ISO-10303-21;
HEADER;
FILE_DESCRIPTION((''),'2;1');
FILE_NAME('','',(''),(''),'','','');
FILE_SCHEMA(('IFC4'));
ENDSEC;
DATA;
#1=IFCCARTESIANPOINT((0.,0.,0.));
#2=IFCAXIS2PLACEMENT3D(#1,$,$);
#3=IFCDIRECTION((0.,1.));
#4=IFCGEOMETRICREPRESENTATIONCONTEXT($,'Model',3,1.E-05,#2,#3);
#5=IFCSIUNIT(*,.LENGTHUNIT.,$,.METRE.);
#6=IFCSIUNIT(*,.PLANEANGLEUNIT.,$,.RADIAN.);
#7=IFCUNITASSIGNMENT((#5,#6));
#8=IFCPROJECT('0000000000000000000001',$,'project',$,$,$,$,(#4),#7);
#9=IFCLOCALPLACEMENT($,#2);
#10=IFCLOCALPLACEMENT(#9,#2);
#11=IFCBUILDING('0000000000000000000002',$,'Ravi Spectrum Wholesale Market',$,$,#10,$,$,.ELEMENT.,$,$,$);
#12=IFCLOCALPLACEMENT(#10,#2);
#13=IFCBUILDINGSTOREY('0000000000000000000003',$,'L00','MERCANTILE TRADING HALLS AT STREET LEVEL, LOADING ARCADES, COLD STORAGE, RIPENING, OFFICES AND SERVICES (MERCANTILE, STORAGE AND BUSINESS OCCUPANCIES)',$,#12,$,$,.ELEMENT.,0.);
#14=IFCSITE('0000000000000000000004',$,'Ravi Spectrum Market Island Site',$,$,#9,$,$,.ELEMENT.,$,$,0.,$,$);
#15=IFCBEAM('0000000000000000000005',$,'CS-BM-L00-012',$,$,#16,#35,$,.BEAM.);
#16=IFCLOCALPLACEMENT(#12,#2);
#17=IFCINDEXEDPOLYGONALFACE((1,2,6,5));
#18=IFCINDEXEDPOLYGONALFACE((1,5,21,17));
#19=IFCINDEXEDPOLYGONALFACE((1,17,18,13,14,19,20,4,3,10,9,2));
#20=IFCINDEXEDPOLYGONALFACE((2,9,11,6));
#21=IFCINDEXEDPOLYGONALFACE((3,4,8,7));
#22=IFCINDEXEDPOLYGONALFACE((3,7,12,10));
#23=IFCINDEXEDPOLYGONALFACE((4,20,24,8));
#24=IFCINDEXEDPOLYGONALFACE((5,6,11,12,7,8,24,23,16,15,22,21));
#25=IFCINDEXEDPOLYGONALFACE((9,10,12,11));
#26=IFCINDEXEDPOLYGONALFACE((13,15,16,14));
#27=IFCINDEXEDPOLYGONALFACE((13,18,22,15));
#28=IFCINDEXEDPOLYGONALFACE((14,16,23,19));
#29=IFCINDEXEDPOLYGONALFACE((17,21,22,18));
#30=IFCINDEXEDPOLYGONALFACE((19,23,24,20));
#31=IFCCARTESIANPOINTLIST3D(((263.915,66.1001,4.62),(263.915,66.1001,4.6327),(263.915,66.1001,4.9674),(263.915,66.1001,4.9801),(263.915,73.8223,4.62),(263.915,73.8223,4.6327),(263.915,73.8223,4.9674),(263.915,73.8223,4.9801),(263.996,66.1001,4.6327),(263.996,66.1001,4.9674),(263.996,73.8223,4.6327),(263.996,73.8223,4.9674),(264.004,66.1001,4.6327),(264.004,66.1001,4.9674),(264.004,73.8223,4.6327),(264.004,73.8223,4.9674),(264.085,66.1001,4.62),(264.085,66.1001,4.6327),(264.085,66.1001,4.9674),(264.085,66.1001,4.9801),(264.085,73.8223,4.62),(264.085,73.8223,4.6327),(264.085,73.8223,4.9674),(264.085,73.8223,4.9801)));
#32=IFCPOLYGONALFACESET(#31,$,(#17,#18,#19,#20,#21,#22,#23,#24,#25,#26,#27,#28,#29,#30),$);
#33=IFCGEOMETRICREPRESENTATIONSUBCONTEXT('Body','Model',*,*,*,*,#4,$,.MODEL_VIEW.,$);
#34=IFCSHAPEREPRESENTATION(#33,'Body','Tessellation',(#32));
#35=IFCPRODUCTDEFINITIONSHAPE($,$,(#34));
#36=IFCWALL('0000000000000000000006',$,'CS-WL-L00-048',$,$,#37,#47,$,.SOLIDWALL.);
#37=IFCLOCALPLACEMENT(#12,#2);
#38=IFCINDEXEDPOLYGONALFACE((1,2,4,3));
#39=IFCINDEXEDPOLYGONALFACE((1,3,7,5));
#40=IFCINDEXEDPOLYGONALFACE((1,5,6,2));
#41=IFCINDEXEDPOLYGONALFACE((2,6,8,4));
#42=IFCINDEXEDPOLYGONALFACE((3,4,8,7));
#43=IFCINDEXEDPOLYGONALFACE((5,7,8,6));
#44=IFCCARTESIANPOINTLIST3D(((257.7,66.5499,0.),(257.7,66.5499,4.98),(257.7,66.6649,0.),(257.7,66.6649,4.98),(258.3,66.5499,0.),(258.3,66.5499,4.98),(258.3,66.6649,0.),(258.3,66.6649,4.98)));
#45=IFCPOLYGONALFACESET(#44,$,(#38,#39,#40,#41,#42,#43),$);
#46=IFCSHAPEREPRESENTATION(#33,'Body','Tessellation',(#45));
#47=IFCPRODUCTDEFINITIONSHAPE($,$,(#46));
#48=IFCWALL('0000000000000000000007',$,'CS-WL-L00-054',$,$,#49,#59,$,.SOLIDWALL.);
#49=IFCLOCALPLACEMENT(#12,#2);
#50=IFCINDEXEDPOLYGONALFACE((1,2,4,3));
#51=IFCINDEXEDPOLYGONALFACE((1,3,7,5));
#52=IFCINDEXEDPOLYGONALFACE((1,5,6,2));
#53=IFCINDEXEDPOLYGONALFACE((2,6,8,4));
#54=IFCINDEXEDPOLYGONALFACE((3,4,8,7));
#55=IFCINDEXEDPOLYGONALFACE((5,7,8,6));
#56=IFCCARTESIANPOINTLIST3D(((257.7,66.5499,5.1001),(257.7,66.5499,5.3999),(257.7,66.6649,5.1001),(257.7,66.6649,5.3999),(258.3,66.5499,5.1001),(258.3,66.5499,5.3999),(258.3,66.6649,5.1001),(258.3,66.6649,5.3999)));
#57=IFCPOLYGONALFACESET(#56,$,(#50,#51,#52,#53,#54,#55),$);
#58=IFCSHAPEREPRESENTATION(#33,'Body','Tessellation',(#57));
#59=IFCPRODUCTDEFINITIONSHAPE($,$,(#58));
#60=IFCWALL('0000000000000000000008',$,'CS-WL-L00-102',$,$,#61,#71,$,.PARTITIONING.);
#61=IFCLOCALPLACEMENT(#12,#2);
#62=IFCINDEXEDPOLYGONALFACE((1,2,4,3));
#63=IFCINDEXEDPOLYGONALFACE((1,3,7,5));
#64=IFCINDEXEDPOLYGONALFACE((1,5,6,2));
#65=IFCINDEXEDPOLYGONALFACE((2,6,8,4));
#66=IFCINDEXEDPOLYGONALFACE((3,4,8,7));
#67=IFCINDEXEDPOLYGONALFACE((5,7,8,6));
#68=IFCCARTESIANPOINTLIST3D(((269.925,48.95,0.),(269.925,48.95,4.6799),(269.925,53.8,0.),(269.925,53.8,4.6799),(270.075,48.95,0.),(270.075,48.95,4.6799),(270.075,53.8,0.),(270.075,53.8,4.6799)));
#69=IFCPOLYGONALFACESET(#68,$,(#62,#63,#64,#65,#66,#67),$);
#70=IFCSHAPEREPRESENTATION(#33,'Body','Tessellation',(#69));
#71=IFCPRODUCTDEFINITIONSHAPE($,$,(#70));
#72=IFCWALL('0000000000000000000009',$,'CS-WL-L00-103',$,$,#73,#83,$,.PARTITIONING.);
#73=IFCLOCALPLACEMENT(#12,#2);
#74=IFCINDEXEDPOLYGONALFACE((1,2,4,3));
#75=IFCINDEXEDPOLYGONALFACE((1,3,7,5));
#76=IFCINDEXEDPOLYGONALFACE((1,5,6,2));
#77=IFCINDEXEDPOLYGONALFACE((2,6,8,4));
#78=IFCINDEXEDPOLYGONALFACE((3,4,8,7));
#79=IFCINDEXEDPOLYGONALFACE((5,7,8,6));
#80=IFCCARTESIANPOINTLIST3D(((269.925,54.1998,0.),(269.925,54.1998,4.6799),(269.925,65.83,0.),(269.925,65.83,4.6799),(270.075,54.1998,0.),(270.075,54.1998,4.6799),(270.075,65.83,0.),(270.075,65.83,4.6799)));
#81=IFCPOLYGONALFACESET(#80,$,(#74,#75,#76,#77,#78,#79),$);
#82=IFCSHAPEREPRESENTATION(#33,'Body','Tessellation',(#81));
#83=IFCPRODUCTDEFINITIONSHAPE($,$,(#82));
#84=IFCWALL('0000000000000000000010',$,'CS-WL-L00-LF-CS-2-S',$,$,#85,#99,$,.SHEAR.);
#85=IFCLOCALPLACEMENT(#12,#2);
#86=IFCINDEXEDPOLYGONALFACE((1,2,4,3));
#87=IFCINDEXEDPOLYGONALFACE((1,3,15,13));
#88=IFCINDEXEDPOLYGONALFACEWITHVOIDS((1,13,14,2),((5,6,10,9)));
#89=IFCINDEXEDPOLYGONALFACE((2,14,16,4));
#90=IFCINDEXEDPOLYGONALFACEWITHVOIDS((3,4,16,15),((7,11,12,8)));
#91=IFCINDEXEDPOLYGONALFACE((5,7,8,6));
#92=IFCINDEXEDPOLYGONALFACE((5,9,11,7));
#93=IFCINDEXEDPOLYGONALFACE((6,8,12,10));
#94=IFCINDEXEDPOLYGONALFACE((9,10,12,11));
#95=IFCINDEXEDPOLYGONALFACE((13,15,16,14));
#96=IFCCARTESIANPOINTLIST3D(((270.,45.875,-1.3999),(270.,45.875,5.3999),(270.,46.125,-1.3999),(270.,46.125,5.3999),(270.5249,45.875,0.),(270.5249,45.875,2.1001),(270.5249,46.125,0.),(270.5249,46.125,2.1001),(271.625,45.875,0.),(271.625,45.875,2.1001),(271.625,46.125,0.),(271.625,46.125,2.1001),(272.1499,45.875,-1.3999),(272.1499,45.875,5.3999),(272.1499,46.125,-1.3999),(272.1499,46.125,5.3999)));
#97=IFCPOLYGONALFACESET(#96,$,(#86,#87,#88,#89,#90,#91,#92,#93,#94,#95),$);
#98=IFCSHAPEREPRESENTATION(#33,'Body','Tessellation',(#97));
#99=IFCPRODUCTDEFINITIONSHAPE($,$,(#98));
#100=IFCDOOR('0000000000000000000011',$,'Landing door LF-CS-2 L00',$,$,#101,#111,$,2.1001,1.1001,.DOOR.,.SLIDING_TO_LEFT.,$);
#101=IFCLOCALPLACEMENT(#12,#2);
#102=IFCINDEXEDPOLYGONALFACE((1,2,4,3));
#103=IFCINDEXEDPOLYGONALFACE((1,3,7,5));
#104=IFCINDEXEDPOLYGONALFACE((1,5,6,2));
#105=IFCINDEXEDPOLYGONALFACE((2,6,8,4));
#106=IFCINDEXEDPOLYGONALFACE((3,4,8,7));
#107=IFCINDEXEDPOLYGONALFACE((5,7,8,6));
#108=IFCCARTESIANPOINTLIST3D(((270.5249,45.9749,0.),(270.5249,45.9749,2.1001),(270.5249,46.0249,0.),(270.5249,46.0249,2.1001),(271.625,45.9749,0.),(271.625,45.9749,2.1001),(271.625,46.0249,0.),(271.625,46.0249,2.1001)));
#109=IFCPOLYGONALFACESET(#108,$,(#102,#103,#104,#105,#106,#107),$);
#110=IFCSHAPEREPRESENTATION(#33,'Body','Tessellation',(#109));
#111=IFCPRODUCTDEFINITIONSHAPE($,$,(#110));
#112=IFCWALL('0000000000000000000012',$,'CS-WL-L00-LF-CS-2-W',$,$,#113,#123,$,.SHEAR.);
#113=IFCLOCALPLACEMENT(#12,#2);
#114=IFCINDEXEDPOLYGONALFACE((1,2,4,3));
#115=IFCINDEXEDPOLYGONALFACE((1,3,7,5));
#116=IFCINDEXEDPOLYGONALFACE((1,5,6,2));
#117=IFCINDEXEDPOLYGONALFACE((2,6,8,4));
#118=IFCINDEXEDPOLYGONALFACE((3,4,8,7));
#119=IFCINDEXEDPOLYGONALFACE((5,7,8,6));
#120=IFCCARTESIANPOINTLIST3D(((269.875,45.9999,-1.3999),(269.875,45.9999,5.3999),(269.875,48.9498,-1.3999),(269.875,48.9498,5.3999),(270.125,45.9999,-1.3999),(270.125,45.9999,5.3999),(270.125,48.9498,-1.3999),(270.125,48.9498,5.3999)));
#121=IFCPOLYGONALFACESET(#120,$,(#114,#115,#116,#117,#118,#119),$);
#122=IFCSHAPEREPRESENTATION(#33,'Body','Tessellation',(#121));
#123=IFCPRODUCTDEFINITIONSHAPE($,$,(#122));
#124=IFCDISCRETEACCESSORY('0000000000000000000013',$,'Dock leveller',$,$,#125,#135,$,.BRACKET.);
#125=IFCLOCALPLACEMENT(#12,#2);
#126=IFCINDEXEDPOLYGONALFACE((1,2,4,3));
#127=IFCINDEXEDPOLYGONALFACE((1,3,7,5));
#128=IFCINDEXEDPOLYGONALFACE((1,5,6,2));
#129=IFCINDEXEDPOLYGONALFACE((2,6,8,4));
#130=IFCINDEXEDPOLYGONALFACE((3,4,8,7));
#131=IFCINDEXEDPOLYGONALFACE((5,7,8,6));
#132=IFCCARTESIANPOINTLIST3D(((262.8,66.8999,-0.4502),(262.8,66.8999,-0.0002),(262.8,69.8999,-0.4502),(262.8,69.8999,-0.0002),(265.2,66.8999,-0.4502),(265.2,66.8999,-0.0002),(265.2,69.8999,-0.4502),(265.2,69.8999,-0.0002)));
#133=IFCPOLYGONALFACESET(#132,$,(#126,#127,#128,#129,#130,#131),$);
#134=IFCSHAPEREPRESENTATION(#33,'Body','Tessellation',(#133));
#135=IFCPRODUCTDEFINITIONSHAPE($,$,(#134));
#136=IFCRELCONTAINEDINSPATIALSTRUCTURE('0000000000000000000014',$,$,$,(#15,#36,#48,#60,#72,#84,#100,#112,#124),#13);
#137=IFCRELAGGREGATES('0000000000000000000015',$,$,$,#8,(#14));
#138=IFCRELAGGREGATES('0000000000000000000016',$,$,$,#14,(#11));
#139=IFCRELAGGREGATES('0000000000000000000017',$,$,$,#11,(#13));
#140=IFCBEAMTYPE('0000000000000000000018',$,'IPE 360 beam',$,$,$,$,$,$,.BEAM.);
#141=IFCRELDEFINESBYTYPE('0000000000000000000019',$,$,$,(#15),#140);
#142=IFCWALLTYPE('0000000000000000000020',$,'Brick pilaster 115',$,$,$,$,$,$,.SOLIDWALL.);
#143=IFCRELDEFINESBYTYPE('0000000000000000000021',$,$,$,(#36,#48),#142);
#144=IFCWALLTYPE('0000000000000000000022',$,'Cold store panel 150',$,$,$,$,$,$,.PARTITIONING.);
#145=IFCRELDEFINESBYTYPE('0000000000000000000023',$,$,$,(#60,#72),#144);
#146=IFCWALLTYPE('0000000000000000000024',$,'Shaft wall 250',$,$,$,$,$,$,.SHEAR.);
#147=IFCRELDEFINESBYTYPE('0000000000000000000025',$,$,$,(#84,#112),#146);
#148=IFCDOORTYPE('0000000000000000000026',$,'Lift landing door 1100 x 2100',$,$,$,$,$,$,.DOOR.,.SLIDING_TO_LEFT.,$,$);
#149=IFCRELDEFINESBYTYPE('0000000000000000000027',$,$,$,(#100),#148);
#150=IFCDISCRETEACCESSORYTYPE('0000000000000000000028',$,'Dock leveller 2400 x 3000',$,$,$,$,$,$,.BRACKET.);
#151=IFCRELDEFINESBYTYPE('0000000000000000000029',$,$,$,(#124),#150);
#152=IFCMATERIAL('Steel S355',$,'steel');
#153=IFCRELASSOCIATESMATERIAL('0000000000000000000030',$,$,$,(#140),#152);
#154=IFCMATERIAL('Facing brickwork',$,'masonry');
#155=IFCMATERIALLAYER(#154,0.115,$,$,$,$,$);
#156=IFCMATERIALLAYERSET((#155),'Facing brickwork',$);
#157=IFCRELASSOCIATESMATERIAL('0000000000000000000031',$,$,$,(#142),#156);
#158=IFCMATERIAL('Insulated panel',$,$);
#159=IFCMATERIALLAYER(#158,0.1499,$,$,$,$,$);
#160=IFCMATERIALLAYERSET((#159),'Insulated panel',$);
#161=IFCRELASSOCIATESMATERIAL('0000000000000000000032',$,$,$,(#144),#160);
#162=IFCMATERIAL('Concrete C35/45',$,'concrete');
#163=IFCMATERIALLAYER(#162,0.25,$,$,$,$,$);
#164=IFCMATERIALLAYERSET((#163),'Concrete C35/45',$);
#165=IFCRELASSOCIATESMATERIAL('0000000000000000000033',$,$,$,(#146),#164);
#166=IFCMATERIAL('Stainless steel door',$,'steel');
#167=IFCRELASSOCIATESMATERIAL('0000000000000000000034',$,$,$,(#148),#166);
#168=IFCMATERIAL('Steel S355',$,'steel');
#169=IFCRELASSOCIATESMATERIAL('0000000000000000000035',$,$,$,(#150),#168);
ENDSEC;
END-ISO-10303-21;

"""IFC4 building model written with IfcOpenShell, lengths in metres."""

from ifc_helpers import new_model, si_unit, direction, frame, frame_2d, origin, origin_2d, place, context, subcontext, project, spatial, rectangle, i_section, extrude, material, layer, layer_set, material_profile, profile_set, type_object, element, fill, save


model = new_model("IFC4")

# Units and contexts
model_context = context("Model", 3, precision=1e-05, world=origin(), true_north=direction((0.0, 1.0)))
body_context = subcontext(model_context, "Body", "Model", "MODEL_VIEW")
ifc_project = project(units=[si_unit("LENGTHUNIT", "METRE"), si_unit("PLANEANGLEUNIT", "RADIAN")], contexts=[model_context])

# Site, building, storey
site_placement = place(None, origin())
site = spatial("IfcSite", under=ifc_project, at=site_placement, Name="Ravi Spectrum Market Island Site", CompositionType="ELEMENT", RefElevation=0.0)
building_placement = place(site_placement, origin())
building = spatial("IfcBuilding", under=site, at=building_placement, Name="Ravi Spectrum Wholesale Market", CompositionType="ELEMENT")
storey_placement = place(building_placement, origin())
storey = spatial("IfcBuildingStorey", under=building, at=storey_placement, Name="L00", Description="MERCANTILE TRADING HALLS AT STREET LEVEL, LOADING ARCADES, COLD STORAGE, RIPENING, OFFICES AND SERVICES (MERCANTILE, STORAGE AND BUSINESS OCCUPANCIES)", CompositionType="ELEMENT", Elevation=0.0)

# Beam
ifc_material_1 = material(Name="Steel S355", Category="steel")
ifc_material_profile_1 = material_profile(ifc_material_1, i_section(OverallWidth=0.1699, OverallDepth=0.3601, WebThickness=0.0081, FlangeThickness=0.0127, at=origin_2d()))
ifc_profile_set_1 = profile_set([ifc_material_profile_1], Name="Steel S355")
beam_type = type_object("IfcBeamType", Name="IPE 360 beam", PredefinedType="BEAM", material=ifc_profile_set_1)
beam_1_placement = place(storey_placement, frame((264.0, 66.1001, 4.8), z_axis=(0.0, 1.0, 0.0), x_axis=(-1.0, 0.0, 0.0)))
element("IfcBeam", 1, at=beam_1_placement, inside=storey, type_object=beam_type, Name="CS-BM-L00-012", PredefinedType="BEAM", context=body_context, shape_type="SweptSolid", body=[
    extrude(i_section(OverallWidth=0.1699, OverallDepth=0.3601, WebThickness=0.0081, FlangeThickness=0.0127, at=origin_2d()), origin(), (0.0, 0.0, 1.0), 7.7222),
])

# Walls
ifc_material_2 = material(Name="Facing brickwork", Category="masonry")
ifc_layer_1 = layer(ifc_material_2, 0.115)
ifc_layer_set_1 = layer_set([ifc_layer_1], Name="Facing brickwork")
wall_type_1 = type_object("IfcWallType", Name="Brick pilaster 115", PredefinedType="SOLIDWALL", material=ifc_layer_set_1)
wall_1_placement = place(storey_placement, frame((258.3, 66.6074, 0.0), z_axis=(0.0, 0.0, 1.0), x_axis=(-1.0, 0.0, 0.0)))
element("IfcWall", 2, at=wall_1_placement, inside=storey, type_object=wall_type_1, Name="CS-WL-L00-048", PredefinedType="SOLIDWALL", context=body_context, shape_type="SweptSolid", body=[
    extrude(rectangle(XDim=0.6001, YDim=0.115, at=frame_2d((0.3, 0.0))), origin(), (0.0, 0.0, 1.0), 4.98),
])
wall_2_placement = place(storey_placement, frame((258.3, 66.6074, 5.1001), z_axis=(0.0, 0.0, 1.0), x_axis=(-1.0, 0.0, 0.0)))
element("IfcWall", 3, at=wall_2_placement, inside=storey, type_object=wall_type_1, Name="CS-WL-L00-054", PredefinedType="SOLIDWALL", context=body_context, shape_type="SweptSolid", body=[
    extrude(rectangle(XDim=0.6001, YDim=0.115, at=frame_2d((0.3, 0.0))), origin(), (0.0, 0.0, 1.0), 0.2998),
])
ifc_material_3 = material(Name="Insulated panel")
ifc_layer_2 = layer(ifc_material_3, 0.1499)
ifc_layer_set_2 = layer_set([ifc_layer_2], Name="Insulated panel")
wall_type_2 = type_object("IfcWallType", Name="Cold store panel 150", PredefinedType="PARTITIONING", material=ifc_layer_set_2)
wall_3_placement = place(storey_placement, frame((270.0, 48.95, 0.0), z_axis=(0.0, 0.0, 1.0), x_axis=(0.0, 1.0, 0.0)))
element("IfcWall", 4, at=wall_3_placement, inside=storey, type_object=wall_type_2, Name="CS-WL-L00-102", PredefinedType="PARTITIONING", context=body_context, shape_type="SweptSolid", body=[
    extrude(rectangle(XDim=4.8501, YDim=0.1499, at=frame_2d((2.425, 0.0))), origin(), (0.0, 0.0, 1.0), 4.6799),
])
wall_4_placement = place(storey_placement, frame((270.0, 54.2, 0.0), z_axis=(0.0, 0.0, 1.0), x_axis=(0.0, 1.0, 0.0)))
element("IfcWall", 5, at=wall_4_placement, inside=storey, type_object=wall_type_2, Name="CS-WL-L00-103", PredefinedType="PARTITIONING", context=body_context, shape_type="SweptSolid", body=[
    extrude(rectangle(XDim=11.6301, YDim=0.1499, at=frame_2d((5.8149, 0.0))), origin(), (0.0, 0.0, 1.0), 4.6799),
])

# Wall, opening, door
ifc_material_4 = material(Name="Concrete C35/45", Category="concrete")
ifc_layer_3 = layer(ifc_material_4, 0.25)
ifc_layer_set_3 = layer_set([ifc_layer_3], Name="Concrete C35/45")
wall_type_3 = type_object("IfcWallType", Name="Shaft wall 250", PredefinedType="SHEAR", material=ifc_layer_set_3)
wall_5_placement = place(storey_placement, frame((270.0, 46.0, -1.3999), z_axis=(0.0, 0.0, 1.0), x_axis=(1.0, 0.0, 0.0)))
wall_5 = element("IfcWall", 6, at=wall_5_placement, inside=storey, type_object=wall_type_3, Name="CS-WL-L00-LF-CS-2-S", PredefinedType="SHEAR", context=body_context, shape_type="SweptSolid", body=[
    extrude(rectangle(XDim=2.1499, YDim=0.25, at=frame_2d((1.075, 0.0))), origin(), (0.0, 0.0, 1.0), 6.7998),
])
opening_placement = place(wall_5_placement, frame((0.5249, 0.0, 1.3999)))
opening = element("IfcOpeningElement", 7, at=opening_placement, cuts=wall_5, PredefinedType="OPENING", context=body_context, shape_type="SweptSolid", body=[
    extrude(rectangle(XDim=1.1001, YDim=2.1001, at=frame_2d((0.55, 1.05))), frame((0.0, 0.135, 0.0), z_axis=(0.0, -1.0, 0.0), x_axis=(1.0, 0.0, 0.0)), (0.0, 0.0, 1.0), 0.27),
])
ifc_material_5 = material(Name="Stainless steel door", Category="steel")
door_type = type_object("IfcDoorType", Name="Lift landing door 1100 x 2100", OperationType="SLIDING_TO_LEFT", PredefinedType="DOOR", material=ifc_material_5)
door_placement = place(opening_placement, origin())
door = element("IfcDoor", 8, at=door_placement, inside=storey, type_object=door_type, Name="Landing door LF-CS-2 L00", OperationType="SLIDING_TO_LEFT", OverallHeight=2.1001, OverallWidth=1.1001, PredefinedType="DOOR", context=body_context, shape_type="SweptSolid", body=[
    extrude(rectangle(XDim=1.1001, YDim=2.1001, at=frame_2d((0.55, 1.05))), frame((0.0, 0.0249, 0.0), z_axis=(0.0, -1.0, 0.0), x_axis=(1.0, 0.0, 0.0)), (0.0, 0.0, 1.0), 0.05),
])
fill(opening, door)

# Wall
wall_6_placement = place(storey_placement, frame((270.0, 48.95, -1.3999), z_axis=(0.0, 0.0, 1.0), x_axis=(0.0, -1.0, 0.0)))
element("IfcWall", 9, at=wall_6_placement, inside=storey, type_object=wall_type_3, Name="CS-WL-L00-LF-CS-2-W", PredefinedType="SHEAR", context=body_context, shape_type="SweptSolid", body=[
    extrude(rectangle(XDim=2.95, YDim=0.25, at=frame_2d((1.4751, 0.0))), origin(), (0.0, 0.0, 1.0), 6.7998),
])

# Discrete accessory
ifc_material_6 = material(Name="Steel S355", Category="steel")
discrete_accessory_type = type_object("IfcDiscreteAccessoryType", Name="Dock leveller 2400 x 3000", PredefinedType="BRACKET", material=ifc_material_6)
discrete_accessory_placement = place(storey_placement, frame((264.0, 68.3999, -0.4502), z_axis=(0.0, 0.0, 1.0), x_axis=(1.0, 0.0, 0.0)))
element("IfcDiscreteAccessory", 10, at=discrete_accessory_placement, inside=storey, type_object=discrete_accessory_type, Name="Dock leveller", PredefinedType="BRACKET", context=body_context, shape_type="SweptSolid", body=[
    extrude(rectangle(XDim=2.3999, YDim=3.0, at=origin_2d()), origin(), (0.0, 0.0, 1.0), 0.45),
])

save(model, "model.ifc")
